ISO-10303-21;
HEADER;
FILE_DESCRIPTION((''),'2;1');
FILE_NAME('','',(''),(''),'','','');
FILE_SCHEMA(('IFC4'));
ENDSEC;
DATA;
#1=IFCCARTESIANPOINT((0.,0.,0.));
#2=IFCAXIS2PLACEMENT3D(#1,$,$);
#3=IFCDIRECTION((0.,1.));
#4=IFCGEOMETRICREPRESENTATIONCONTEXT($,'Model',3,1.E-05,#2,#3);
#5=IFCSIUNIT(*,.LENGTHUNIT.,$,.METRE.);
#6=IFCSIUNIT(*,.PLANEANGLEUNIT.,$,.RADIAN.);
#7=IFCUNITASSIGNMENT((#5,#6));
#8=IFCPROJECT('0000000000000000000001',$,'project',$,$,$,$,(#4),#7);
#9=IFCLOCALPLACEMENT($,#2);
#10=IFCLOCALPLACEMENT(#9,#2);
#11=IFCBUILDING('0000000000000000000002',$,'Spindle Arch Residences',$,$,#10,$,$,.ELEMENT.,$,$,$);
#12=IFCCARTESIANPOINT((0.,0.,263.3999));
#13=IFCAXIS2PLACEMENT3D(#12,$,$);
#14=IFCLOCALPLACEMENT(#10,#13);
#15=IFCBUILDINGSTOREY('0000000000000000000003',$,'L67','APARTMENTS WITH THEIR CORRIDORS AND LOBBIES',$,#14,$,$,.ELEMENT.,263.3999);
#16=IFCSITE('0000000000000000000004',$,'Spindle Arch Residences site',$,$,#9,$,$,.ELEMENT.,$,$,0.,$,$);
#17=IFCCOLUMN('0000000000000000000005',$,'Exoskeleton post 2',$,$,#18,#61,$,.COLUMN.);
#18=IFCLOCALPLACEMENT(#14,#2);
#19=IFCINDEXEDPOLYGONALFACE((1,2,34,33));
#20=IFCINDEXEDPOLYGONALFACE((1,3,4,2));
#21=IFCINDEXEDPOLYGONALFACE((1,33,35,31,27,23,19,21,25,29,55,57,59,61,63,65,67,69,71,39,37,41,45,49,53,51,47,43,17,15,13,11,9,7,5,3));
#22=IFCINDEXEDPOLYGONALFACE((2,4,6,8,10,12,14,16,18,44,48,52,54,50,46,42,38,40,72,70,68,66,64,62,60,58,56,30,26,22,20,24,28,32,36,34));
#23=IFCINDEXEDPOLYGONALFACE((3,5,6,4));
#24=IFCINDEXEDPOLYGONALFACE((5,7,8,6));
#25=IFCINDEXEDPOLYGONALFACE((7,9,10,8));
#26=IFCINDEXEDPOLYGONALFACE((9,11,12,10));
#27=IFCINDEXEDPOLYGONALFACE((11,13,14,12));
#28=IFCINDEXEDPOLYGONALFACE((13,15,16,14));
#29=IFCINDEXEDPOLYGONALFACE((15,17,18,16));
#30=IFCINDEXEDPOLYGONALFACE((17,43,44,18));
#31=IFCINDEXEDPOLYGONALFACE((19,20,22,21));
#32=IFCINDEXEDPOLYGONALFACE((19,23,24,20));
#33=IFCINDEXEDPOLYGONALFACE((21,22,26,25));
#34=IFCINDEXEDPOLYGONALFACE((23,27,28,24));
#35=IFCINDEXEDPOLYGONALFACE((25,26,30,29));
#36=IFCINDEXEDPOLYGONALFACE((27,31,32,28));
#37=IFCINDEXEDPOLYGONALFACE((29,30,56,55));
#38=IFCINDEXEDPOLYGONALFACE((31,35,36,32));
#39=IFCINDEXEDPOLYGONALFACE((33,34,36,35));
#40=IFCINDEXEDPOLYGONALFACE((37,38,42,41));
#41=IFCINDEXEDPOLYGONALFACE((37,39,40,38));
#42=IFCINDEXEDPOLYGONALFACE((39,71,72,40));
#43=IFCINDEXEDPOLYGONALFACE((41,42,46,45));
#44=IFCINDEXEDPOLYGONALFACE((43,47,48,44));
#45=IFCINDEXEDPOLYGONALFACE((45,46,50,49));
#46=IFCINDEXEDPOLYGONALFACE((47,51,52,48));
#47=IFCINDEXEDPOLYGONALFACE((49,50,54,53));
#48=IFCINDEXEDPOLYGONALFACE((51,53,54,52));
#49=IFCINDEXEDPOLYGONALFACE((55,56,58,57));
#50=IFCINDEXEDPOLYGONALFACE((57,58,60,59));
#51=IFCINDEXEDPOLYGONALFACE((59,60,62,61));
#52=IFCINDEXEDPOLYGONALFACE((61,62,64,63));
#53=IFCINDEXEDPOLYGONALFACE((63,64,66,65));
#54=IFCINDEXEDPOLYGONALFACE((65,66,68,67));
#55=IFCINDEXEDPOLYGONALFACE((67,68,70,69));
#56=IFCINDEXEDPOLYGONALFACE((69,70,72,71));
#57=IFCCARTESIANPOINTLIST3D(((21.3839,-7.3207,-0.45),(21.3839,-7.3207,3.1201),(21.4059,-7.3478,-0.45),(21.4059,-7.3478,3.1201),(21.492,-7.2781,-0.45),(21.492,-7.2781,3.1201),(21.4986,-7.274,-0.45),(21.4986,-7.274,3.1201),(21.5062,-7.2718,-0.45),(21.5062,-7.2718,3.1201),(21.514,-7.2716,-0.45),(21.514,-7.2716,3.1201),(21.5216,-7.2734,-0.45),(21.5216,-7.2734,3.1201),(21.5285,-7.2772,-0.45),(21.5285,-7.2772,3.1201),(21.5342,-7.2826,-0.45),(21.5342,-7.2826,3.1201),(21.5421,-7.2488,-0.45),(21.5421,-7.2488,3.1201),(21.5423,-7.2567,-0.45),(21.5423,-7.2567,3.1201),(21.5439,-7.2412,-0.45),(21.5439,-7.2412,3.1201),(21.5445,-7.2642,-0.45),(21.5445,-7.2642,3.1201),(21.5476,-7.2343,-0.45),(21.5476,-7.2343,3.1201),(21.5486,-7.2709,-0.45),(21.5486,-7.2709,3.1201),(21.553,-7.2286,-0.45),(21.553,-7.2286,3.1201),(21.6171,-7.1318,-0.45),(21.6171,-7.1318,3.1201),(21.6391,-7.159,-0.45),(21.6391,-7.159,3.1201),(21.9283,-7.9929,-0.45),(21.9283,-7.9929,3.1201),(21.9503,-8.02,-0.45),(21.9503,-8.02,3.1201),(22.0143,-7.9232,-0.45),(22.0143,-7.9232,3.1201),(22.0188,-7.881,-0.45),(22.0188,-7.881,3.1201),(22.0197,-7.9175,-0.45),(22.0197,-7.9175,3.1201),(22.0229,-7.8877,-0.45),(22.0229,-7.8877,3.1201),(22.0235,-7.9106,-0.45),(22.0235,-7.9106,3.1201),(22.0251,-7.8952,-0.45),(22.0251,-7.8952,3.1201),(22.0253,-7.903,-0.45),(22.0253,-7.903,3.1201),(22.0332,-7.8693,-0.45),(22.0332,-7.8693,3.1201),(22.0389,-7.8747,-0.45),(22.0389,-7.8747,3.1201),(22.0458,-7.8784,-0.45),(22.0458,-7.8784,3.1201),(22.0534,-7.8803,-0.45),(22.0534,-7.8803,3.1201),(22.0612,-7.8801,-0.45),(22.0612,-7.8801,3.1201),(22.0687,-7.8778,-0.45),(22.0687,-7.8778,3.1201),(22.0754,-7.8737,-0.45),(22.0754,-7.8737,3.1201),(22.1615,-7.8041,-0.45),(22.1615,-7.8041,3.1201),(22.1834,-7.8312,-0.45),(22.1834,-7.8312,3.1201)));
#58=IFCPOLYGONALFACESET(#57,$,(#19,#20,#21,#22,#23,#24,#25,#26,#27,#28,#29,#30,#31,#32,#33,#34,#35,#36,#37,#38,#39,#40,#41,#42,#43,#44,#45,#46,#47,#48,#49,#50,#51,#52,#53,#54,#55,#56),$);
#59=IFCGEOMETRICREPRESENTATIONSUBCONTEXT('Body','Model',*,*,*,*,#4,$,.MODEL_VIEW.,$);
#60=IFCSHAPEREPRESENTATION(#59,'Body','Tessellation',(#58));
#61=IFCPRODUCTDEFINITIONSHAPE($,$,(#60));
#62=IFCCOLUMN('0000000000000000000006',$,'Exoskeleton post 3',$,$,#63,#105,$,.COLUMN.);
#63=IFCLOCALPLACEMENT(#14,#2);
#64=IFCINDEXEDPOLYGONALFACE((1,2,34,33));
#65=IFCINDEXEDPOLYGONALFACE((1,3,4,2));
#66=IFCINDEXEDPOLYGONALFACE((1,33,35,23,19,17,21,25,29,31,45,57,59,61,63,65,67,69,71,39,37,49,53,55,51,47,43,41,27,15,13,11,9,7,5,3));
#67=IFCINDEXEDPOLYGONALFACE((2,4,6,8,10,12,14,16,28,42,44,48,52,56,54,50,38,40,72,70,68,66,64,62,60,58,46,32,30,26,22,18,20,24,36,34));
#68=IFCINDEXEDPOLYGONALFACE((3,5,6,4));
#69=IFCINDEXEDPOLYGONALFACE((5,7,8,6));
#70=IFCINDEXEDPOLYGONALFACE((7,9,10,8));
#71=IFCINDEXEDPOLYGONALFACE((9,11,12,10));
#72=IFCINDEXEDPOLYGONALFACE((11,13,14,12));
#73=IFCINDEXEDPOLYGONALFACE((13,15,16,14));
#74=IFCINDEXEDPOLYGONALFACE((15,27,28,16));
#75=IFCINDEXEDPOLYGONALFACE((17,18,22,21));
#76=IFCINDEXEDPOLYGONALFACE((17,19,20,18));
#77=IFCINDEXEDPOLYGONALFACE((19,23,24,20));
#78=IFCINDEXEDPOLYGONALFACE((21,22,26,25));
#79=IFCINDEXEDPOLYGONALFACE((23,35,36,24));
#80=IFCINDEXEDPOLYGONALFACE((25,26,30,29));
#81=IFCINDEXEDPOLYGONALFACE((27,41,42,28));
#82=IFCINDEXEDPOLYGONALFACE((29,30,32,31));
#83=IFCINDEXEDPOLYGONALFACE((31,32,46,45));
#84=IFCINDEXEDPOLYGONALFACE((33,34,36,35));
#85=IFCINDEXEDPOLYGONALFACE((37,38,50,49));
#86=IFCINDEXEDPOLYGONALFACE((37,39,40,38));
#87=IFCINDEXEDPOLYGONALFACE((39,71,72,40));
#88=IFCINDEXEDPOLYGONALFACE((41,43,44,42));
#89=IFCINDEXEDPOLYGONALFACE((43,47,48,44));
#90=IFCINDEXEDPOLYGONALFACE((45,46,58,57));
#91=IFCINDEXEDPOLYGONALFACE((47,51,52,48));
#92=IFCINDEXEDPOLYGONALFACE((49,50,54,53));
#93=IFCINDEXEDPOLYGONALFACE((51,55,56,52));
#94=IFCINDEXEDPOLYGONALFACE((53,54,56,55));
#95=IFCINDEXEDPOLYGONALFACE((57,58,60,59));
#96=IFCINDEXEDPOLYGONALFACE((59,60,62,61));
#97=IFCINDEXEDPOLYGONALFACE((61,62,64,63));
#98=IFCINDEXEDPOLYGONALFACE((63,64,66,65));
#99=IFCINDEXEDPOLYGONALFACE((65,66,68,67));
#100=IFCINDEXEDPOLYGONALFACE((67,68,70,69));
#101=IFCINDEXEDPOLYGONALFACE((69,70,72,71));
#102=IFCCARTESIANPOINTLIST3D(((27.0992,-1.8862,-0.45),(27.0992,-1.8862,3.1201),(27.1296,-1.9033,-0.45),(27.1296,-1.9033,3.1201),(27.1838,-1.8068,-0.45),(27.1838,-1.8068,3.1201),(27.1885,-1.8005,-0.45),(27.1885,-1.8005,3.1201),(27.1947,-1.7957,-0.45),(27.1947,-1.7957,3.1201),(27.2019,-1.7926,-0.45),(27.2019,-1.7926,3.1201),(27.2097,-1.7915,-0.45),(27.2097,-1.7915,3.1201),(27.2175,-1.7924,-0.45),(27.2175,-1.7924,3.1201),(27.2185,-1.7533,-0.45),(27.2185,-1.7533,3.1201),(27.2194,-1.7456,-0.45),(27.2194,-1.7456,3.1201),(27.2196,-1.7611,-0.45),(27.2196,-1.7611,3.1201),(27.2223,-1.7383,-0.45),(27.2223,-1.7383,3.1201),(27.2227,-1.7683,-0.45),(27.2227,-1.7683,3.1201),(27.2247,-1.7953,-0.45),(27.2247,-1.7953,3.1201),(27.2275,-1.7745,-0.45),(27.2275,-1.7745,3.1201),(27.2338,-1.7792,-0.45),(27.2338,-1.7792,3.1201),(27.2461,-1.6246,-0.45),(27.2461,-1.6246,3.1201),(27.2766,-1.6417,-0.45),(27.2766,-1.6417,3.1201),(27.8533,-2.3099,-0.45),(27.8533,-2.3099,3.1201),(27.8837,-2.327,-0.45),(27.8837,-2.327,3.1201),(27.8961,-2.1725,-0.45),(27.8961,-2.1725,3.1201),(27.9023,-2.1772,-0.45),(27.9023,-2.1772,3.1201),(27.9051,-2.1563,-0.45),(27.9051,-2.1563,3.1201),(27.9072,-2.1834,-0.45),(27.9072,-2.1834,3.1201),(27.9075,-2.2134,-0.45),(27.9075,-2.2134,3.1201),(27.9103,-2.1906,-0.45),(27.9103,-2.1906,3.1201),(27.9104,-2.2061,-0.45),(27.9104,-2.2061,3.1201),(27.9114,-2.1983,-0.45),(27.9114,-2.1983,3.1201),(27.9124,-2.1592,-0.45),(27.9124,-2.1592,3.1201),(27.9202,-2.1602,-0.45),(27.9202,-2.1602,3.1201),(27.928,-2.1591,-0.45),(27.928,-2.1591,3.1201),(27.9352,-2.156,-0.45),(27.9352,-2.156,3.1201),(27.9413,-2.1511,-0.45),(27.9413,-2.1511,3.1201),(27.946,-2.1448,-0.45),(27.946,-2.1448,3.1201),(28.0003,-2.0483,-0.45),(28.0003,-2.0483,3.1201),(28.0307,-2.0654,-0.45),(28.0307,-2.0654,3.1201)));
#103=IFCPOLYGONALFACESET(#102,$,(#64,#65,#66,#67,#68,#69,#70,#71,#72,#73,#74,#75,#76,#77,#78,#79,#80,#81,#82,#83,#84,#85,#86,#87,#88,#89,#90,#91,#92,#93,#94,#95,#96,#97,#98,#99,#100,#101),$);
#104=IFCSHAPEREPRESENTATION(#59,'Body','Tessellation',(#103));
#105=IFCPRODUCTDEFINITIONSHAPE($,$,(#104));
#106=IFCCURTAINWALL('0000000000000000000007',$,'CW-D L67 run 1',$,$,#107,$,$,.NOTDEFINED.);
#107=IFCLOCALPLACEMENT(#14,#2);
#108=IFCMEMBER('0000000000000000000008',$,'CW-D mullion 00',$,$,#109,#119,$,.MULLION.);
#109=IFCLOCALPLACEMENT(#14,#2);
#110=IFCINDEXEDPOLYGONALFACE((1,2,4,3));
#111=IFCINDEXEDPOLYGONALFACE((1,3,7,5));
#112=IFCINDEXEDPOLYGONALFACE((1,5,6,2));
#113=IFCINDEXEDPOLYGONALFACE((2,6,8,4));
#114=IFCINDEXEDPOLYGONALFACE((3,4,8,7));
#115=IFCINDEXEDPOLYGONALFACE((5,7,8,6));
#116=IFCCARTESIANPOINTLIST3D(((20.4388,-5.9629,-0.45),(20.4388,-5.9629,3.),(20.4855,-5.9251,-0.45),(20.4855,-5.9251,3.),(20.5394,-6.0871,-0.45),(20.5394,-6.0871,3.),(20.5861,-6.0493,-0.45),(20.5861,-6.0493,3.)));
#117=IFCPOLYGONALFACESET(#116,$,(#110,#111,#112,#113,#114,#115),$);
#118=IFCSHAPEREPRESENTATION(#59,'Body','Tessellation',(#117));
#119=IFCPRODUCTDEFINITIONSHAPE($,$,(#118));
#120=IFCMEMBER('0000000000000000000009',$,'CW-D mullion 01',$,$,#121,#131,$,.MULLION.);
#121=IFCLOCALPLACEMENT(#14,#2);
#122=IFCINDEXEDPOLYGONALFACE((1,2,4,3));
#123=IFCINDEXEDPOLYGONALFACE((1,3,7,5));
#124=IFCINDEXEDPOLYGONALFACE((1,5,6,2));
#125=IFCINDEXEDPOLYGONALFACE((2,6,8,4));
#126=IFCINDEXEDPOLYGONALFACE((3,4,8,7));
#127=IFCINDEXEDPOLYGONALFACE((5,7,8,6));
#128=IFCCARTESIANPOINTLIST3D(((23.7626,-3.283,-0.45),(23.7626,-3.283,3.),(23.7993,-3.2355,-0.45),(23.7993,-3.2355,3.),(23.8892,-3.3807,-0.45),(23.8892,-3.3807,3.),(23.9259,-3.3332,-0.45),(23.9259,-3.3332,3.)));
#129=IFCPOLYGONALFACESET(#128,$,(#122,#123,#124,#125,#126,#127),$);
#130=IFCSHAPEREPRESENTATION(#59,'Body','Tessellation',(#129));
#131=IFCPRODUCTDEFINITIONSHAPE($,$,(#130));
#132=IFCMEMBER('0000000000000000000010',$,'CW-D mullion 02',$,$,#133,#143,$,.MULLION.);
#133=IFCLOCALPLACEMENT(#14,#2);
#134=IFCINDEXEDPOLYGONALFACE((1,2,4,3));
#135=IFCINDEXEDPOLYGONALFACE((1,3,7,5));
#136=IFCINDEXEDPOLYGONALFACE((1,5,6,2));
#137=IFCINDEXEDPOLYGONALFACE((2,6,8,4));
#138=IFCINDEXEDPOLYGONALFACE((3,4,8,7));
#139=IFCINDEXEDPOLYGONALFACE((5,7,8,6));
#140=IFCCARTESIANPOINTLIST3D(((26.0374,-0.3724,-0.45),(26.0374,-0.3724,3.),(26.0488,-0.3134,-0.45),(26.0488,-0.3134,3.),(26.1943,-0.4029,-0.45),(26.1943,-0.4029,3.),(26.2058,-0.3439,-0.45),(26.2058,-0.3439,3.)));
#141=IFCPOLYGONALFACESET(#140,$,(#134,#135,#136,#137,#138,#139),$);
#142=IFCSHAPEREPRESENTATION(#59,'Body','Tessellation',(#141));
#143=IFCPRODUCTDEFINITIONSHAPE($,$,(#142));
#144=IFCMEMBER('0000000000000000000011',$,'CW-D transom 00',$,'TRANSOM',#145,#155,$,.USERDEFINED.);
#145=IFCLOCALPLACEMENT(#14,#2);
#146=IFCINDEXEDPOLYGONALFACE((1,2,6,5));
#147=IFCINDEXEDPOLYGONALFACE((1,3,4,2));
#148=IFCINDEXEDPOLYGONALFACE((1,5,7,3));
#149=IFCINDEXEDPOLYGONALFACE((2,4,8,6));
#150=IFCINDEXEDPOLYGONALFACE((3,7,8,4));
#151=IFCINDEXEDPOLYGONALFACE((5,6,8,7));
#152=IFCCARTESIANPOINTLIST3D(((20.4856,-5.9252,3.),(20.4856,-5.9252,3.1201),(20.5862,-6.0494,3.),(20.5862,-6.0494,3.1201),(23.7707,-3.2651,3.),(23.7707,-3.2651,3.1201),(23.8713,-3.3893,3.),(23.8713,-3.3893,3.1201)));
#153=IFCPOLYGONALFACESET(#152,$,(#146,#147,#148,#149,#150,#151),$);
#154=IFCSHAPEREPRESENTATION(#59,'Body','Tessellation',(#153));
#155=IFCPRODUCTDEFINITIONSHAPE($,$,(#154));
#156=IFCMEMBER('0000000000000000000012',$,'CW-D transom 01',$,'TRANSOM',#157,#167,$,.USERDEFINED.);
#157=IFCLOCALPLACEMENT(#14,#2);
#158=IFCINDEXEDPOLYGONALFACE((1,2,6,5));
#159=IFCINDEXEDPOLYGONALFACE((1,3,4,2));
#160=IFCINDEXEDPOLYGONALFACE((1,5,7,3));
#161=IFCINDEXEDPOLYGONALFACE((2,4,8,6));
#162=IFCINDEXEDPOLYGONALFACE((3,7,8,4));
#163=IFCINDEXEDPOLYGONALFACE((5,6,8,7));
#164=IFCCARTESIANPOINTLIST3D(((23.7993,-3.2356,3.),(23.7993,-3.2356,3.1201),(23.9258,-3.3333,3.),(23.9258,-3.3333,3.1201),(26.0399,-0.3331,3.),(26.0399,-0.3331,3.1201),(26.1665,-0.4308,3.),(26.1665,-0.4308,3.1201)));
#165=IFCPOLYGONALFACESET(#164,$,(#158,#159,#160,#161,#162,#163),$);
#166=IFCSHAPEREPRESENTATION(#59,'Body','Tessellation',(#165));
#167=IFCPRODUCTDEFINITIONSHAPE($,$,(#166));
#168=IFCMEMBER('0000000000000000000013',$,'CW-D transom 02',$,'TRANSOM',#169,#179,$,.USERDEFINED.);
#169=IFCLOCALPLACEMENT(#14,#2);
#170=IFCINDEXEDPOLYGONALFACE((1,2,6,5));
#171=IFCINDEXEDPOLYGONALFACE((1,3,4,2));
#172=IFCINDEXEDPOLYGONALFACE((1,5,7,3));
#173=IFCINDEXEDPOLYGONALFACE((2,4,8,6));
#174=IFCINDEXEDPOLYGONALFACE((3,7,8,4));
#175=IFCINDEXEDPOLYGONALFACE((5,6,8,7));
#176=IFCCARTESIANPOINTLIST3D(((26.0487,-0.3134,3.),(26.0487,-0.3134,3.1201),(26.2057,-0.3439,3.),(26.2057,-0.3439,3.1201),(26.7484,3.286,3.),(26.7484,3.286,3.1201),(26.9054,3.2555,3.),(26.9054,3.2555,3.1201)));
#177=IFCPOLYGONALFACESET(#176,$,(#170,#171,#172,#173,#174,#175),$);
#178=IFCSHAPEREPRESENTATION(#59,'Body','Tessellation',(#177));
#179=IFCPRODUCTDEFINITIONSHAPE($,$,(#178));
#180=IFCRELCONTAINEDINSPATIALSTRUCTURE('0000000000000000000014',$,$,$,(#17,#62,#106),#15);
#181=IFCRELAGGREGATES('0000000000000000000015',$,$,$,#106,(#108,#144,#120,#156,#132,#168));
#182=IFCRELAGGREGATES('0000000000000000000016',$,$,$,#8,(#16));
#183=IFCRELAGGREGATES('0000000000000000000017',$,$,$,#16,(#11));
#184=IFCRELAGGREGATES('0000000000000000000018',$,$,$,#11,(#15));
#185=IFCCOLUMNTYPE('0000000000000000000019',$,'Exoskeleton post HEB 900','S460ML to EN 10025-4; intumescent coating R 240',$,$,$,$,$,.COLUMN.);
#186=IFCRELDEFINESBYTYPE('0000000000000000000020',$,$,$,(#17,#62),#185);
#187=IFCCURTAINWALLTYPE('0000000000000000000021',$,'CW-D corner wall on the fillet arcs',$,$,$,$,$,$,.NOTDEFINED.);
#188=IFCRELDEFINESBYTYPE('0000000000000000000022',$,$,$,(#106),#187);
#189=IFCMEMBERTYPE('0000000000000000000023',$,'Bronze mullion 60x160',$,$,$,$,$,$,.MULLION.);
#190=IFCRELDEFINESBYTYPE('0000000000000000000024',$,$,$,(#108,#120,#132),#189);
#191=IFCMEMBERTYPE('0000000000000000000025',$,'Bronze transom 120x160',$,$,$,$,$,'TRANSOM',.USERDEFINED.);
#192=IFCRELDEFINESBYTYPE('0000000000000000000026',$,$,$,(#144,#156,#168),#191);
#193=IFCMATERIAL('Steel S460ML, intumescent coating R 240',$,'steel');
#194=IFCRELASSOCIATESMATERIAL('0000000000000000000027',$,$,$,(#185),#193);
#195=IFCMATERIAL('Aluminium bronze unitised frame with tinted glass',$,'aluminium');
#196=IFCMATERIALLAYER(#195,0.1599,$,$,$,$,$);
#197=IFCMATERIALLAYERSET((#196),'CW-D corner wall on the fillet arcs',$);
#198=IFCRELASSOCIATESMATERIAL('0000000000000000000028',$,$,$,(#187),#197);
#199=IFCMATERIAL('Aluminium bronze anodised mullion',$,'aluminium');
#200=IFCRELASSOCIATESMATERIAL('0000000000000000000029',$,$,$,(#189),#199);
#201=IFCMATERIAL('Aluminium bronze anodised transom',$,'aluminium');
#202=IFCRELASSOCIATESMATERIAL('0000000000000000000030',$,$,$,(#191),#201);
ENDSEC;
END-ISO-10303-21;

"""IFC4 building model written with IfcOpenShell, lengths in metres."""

from ifc_helpers import new_model, si_unit, direction, frame, origin, origin_2d, place, context, subcontext, project, spatial, rectangle, i_section, extrude, material, layer, layer_set, material_profile, profile_set, type_object, element, aggregate, save


model = new_model("IFC4")

# Units and contexts
model_context = context("Model", 3, precision=1e-05, world=origin(), true_north=direction((0.0, 1.0)))
body_context = subcontext(model_context, "Body", "Model", "MODEL_VIEW")
ifc_project = project(units=[si_unit("LENGTHUNIT", "METRE"), si_unit("PLANEANGLEUNIT", "RADIAN")], contexts=[model_context])

# Site, building, storey
site_placement = place(None, origin())
site = spatial("IfcSite", under=ifc_project, at=site_placement, Name="Spindle Arch Residences site", CompositionType="ELEMENT", RefElevation=0.0)
building_placement = place(site_placement, origin())
building = spatial("IfcBuilding", under=site, at=building_placement, Name="Spindle Arch Residences", CompositionType="ELEMENT")
storey_placement = place(building_placement, frame((0.0, 0.0, 263.3999)))
storey = spatial("IfcBuildingStorey", under=building, at=storey_placement, Name="L67", Description="APARTMENTS WITH THEIR CORRIDORS AND LOBBIES", CompositionType="ELEMENT", Elevation=263.3999)

# Columns
ifc_material_1 = material(Name="Steel S460ML, intumescent coating R 240", Category="steel")
ifc_material_profile_1 = material_profile(ifc_material_1, i_section(OverallWidth=0.3, OverallDepth=0.8999, WebThickness=0.0186, FlangeThickness=0.0349, FilletRadius=0.03, at=origin_2d()), Name="HEB 900")
ifc_profile_set_1 = profile_set([ifc_material_profile_1], Name="Steel S460ML, intumescent coating R 240")
column_type = type_object("IfcColumnType", Name="Exoskeleton post HEB 900", Description="S460ML to EN 10025-4; intumescent coating R 240", PredefinedType="COLUMN", material=ifc_profile_set_1)
for number, where, z_axis, x_axis, name in (
    (1, (21.7837, -7.5759, -0.45), (0.0, 0.0, 1.0), (-0.777146, -0.62932, 0.0), "Exoskeleton post 2"),
    (2, (27.5649, -1.9758, -0.45), (0.0, 0.0, 1.0), (-0.489802, -0.871834, 0.0), "Exoskeleton post 3"),
):
    element("IfcColumn", number, at=place(storey_placement, frame(where, z_axis=z_axis, x_axis=x_axis)), inside=storey, type_object=column_type, Name=name, PredefinedType="COLUMN", context=body_context, shape_type="SweptSolid", body=[
        extrude(i_section(OverallWidth=0.3, OverallDepth=0.8999, WebThickness=0.0186, FlangeThickness=0.0349, FilletRadius=0.03, at=origin_2d()), origin(), (0.0, 0.0, 1.0), 3.5701),
    ])

# Curtain wall, members
ifc_material_2 = material(Name="Aluminium bronze unitised frame with tinted glass", Category="aluminium")
ifc_layer_1 = layer(ifc_material_2, 0.1599)
ifc_layer_set_1 = layer_set([ifc_layer_1], Name="CW-D corner wall on the fillet arcs")
curtain_wall_type = type_object("IfcCurtainWallType", Name="CW-D corner wall on the fillet arcs", PredefinedType="NOTDEFINED", material=ifc_layer_set_1)
curtain_wall_placement = place(storey_placement, origin())
curtain_wall = element("IfcCurtainWall", 3, at=curtain_wall_placement, inside=storey, type_object=curtain_wall_type, Name="CW-D L67 run 1", PredefinedType="NOTDEFINED")
ifc_material_3 = material(Name="Aluminium bronze anodised mullion", Category="aluminium")
ifc_material_profile_2 = material_profile(ifc_material_3, rectangle(XDim=0.1599, YDim=0.0601, at=origin_2d()), Name="MU 60x160")
ifc_profile_set_2 = profile_set([ifc_material_profile_2], Name="Aluminium bronze anodised mullion")
member_type_1 = type_object("IfcMemberType", Name="Bronze mullion 60x160", PredefinedType="MULLION", material=ifc_profile_set_2)
member_1_placement = place(storey_placement, frame((20.5125, -6.0061, -0.45), z_axis=(0.0, 0.0, 1.0), x_axis=(-0.62932, 0.777146, 0.0)))
member_1 = element("IfcMember", 4, at=member_1_placement, type_object=member_type_1, Name="CW-D mullion 00", PredefinedType="MULLION", context=body_context, shape_type="SweptSolid", body=[
    extrude(rectangle(XDim=0.1599, YDim=0.0601, at=origin_2d()), origin(), (0.0, 0.0, 1.0), 3.45),
])
member_2_placement = place(storey_placement, frame((23.8442, -3.3081, -0.45), z_axis=(0.0, 0.0, 1.0), x_axis=(-0.791579, 0.611067, 0.0)))
member_2 = element("IfcMember", 5, at=member_2_placement, type_object=member_type_1, Name="CW-D mullion 01", PredefinedType="MULLION", context=body_context, shape_type="SweptSolid", body=[
    extrude(rectangle(XDim=0.1599, YDim=0.0601, at=origin_2d()), origin(), (0.0, 0.0, 1.0), 3.45),
])
member_3_placement = place(storey_placement, frame((26.1216, -0.3582, -0.45), z_axis=(0.0, 0.0, 1.0), x_axis=(-0.981627, 0.190809, 0.0)))
member_3 = element("IfcMember", 6, at=member_3_placement, type_object=member_type_1, Name="CW-D mullion 02", PredefinedType="MULLION", context=body_context, shape_type="SweptSolid", body=[
    extrude(rectangle(XDim=0.1599, YDim=0.0601, at=origin_2d()), origin(), (0.0, 0.0, 1.0), 3.45),
])
ifc_material_4 = material(Name="Aluminium bronze anodised transom", Category="aluminium")
ifc_material_profile_3 = material_profile(ifc_material_4, rectangle(XDim=0.1599, YDim=0.1201, at=origin_2d()), Name="TR 120x160")
ifc_profile_set_3 = profile_set([ifc_material_profile_3], Name="Aluminium bronze anodised transom")
member_type_2 = type_object("IfcMemberType", Name="Bronze transom 120x160", ElementType="TRANSOM", PredefinedType="USERDEFINED", material=ifc_profile_set_3)
member_4_placement = place(storey_placement, frame((20.5359, -5.9873, 3.0601), z_axis=(0.777159, 0.629305, 0.0), x_axis=(-0.629305, 0.777159, 0.0)))
member_4 = element("IfcMember", 7, at=member_4_placement, type_object=member_type_2, Name="CW-D transom 00", ObjectType="TRANSOM", PredefinedType="USERDEFINED", context=body_context, shape_type="SweptSolid", body=[
    extrude(rectangle(XDim=0.1599, YDim=0.1201, at=origin_2d()), origin(), (0.0, 0.0, 1.0), 4.2271),
])
member_5_placement = place(storey_placement, frame((23.8625, -3.2844, 3.0601), z_axis=(0.611074, 0.791573, 0.0), x_axis=(-0.791573, 0.611074, 0.0)))
member_5 = element("IfcMember", 8, at=member_5_placement, type_object=member_type_2, Name="CW-D transom 01", ObjectType="TRANSOM", PredefinedType="USERDEFINED", context=body_context, shape_type="SweptSolid", body=[
    extrude(rectangle(XDim=0.1599, YDim=0.1201, at=origin_2d()), origin(), (0.0, 0.0, 1.0), 3.6667),
])
member_6_placement = place(storey_placement, frame((26.1272, -0.3286, 3.0601), z_axis=(0.190825, 0.981624, 0.0), x_axis=(-0.981624, 0.190825, 0.0)))
member_6 = element("IfcMember", 9, at=member_6_placement, type_object=member_type_2, Name="CW-D transom 02", ObjectType="TRANSOM", PredefinedType="USERDEFINED", context=body_context, shape_type="SweptSolid", body=[
    extrude(rectangle(XDim=0.1599, YDim=0.1201, at=origin_2d()), origin(), (0.0, 0.0, 1.0), 3.6667),
])

aggregate(curtain_wall, [member_1, member_4, member_2, member_5, member_3, member_6])

save(model, "model.ifc")
